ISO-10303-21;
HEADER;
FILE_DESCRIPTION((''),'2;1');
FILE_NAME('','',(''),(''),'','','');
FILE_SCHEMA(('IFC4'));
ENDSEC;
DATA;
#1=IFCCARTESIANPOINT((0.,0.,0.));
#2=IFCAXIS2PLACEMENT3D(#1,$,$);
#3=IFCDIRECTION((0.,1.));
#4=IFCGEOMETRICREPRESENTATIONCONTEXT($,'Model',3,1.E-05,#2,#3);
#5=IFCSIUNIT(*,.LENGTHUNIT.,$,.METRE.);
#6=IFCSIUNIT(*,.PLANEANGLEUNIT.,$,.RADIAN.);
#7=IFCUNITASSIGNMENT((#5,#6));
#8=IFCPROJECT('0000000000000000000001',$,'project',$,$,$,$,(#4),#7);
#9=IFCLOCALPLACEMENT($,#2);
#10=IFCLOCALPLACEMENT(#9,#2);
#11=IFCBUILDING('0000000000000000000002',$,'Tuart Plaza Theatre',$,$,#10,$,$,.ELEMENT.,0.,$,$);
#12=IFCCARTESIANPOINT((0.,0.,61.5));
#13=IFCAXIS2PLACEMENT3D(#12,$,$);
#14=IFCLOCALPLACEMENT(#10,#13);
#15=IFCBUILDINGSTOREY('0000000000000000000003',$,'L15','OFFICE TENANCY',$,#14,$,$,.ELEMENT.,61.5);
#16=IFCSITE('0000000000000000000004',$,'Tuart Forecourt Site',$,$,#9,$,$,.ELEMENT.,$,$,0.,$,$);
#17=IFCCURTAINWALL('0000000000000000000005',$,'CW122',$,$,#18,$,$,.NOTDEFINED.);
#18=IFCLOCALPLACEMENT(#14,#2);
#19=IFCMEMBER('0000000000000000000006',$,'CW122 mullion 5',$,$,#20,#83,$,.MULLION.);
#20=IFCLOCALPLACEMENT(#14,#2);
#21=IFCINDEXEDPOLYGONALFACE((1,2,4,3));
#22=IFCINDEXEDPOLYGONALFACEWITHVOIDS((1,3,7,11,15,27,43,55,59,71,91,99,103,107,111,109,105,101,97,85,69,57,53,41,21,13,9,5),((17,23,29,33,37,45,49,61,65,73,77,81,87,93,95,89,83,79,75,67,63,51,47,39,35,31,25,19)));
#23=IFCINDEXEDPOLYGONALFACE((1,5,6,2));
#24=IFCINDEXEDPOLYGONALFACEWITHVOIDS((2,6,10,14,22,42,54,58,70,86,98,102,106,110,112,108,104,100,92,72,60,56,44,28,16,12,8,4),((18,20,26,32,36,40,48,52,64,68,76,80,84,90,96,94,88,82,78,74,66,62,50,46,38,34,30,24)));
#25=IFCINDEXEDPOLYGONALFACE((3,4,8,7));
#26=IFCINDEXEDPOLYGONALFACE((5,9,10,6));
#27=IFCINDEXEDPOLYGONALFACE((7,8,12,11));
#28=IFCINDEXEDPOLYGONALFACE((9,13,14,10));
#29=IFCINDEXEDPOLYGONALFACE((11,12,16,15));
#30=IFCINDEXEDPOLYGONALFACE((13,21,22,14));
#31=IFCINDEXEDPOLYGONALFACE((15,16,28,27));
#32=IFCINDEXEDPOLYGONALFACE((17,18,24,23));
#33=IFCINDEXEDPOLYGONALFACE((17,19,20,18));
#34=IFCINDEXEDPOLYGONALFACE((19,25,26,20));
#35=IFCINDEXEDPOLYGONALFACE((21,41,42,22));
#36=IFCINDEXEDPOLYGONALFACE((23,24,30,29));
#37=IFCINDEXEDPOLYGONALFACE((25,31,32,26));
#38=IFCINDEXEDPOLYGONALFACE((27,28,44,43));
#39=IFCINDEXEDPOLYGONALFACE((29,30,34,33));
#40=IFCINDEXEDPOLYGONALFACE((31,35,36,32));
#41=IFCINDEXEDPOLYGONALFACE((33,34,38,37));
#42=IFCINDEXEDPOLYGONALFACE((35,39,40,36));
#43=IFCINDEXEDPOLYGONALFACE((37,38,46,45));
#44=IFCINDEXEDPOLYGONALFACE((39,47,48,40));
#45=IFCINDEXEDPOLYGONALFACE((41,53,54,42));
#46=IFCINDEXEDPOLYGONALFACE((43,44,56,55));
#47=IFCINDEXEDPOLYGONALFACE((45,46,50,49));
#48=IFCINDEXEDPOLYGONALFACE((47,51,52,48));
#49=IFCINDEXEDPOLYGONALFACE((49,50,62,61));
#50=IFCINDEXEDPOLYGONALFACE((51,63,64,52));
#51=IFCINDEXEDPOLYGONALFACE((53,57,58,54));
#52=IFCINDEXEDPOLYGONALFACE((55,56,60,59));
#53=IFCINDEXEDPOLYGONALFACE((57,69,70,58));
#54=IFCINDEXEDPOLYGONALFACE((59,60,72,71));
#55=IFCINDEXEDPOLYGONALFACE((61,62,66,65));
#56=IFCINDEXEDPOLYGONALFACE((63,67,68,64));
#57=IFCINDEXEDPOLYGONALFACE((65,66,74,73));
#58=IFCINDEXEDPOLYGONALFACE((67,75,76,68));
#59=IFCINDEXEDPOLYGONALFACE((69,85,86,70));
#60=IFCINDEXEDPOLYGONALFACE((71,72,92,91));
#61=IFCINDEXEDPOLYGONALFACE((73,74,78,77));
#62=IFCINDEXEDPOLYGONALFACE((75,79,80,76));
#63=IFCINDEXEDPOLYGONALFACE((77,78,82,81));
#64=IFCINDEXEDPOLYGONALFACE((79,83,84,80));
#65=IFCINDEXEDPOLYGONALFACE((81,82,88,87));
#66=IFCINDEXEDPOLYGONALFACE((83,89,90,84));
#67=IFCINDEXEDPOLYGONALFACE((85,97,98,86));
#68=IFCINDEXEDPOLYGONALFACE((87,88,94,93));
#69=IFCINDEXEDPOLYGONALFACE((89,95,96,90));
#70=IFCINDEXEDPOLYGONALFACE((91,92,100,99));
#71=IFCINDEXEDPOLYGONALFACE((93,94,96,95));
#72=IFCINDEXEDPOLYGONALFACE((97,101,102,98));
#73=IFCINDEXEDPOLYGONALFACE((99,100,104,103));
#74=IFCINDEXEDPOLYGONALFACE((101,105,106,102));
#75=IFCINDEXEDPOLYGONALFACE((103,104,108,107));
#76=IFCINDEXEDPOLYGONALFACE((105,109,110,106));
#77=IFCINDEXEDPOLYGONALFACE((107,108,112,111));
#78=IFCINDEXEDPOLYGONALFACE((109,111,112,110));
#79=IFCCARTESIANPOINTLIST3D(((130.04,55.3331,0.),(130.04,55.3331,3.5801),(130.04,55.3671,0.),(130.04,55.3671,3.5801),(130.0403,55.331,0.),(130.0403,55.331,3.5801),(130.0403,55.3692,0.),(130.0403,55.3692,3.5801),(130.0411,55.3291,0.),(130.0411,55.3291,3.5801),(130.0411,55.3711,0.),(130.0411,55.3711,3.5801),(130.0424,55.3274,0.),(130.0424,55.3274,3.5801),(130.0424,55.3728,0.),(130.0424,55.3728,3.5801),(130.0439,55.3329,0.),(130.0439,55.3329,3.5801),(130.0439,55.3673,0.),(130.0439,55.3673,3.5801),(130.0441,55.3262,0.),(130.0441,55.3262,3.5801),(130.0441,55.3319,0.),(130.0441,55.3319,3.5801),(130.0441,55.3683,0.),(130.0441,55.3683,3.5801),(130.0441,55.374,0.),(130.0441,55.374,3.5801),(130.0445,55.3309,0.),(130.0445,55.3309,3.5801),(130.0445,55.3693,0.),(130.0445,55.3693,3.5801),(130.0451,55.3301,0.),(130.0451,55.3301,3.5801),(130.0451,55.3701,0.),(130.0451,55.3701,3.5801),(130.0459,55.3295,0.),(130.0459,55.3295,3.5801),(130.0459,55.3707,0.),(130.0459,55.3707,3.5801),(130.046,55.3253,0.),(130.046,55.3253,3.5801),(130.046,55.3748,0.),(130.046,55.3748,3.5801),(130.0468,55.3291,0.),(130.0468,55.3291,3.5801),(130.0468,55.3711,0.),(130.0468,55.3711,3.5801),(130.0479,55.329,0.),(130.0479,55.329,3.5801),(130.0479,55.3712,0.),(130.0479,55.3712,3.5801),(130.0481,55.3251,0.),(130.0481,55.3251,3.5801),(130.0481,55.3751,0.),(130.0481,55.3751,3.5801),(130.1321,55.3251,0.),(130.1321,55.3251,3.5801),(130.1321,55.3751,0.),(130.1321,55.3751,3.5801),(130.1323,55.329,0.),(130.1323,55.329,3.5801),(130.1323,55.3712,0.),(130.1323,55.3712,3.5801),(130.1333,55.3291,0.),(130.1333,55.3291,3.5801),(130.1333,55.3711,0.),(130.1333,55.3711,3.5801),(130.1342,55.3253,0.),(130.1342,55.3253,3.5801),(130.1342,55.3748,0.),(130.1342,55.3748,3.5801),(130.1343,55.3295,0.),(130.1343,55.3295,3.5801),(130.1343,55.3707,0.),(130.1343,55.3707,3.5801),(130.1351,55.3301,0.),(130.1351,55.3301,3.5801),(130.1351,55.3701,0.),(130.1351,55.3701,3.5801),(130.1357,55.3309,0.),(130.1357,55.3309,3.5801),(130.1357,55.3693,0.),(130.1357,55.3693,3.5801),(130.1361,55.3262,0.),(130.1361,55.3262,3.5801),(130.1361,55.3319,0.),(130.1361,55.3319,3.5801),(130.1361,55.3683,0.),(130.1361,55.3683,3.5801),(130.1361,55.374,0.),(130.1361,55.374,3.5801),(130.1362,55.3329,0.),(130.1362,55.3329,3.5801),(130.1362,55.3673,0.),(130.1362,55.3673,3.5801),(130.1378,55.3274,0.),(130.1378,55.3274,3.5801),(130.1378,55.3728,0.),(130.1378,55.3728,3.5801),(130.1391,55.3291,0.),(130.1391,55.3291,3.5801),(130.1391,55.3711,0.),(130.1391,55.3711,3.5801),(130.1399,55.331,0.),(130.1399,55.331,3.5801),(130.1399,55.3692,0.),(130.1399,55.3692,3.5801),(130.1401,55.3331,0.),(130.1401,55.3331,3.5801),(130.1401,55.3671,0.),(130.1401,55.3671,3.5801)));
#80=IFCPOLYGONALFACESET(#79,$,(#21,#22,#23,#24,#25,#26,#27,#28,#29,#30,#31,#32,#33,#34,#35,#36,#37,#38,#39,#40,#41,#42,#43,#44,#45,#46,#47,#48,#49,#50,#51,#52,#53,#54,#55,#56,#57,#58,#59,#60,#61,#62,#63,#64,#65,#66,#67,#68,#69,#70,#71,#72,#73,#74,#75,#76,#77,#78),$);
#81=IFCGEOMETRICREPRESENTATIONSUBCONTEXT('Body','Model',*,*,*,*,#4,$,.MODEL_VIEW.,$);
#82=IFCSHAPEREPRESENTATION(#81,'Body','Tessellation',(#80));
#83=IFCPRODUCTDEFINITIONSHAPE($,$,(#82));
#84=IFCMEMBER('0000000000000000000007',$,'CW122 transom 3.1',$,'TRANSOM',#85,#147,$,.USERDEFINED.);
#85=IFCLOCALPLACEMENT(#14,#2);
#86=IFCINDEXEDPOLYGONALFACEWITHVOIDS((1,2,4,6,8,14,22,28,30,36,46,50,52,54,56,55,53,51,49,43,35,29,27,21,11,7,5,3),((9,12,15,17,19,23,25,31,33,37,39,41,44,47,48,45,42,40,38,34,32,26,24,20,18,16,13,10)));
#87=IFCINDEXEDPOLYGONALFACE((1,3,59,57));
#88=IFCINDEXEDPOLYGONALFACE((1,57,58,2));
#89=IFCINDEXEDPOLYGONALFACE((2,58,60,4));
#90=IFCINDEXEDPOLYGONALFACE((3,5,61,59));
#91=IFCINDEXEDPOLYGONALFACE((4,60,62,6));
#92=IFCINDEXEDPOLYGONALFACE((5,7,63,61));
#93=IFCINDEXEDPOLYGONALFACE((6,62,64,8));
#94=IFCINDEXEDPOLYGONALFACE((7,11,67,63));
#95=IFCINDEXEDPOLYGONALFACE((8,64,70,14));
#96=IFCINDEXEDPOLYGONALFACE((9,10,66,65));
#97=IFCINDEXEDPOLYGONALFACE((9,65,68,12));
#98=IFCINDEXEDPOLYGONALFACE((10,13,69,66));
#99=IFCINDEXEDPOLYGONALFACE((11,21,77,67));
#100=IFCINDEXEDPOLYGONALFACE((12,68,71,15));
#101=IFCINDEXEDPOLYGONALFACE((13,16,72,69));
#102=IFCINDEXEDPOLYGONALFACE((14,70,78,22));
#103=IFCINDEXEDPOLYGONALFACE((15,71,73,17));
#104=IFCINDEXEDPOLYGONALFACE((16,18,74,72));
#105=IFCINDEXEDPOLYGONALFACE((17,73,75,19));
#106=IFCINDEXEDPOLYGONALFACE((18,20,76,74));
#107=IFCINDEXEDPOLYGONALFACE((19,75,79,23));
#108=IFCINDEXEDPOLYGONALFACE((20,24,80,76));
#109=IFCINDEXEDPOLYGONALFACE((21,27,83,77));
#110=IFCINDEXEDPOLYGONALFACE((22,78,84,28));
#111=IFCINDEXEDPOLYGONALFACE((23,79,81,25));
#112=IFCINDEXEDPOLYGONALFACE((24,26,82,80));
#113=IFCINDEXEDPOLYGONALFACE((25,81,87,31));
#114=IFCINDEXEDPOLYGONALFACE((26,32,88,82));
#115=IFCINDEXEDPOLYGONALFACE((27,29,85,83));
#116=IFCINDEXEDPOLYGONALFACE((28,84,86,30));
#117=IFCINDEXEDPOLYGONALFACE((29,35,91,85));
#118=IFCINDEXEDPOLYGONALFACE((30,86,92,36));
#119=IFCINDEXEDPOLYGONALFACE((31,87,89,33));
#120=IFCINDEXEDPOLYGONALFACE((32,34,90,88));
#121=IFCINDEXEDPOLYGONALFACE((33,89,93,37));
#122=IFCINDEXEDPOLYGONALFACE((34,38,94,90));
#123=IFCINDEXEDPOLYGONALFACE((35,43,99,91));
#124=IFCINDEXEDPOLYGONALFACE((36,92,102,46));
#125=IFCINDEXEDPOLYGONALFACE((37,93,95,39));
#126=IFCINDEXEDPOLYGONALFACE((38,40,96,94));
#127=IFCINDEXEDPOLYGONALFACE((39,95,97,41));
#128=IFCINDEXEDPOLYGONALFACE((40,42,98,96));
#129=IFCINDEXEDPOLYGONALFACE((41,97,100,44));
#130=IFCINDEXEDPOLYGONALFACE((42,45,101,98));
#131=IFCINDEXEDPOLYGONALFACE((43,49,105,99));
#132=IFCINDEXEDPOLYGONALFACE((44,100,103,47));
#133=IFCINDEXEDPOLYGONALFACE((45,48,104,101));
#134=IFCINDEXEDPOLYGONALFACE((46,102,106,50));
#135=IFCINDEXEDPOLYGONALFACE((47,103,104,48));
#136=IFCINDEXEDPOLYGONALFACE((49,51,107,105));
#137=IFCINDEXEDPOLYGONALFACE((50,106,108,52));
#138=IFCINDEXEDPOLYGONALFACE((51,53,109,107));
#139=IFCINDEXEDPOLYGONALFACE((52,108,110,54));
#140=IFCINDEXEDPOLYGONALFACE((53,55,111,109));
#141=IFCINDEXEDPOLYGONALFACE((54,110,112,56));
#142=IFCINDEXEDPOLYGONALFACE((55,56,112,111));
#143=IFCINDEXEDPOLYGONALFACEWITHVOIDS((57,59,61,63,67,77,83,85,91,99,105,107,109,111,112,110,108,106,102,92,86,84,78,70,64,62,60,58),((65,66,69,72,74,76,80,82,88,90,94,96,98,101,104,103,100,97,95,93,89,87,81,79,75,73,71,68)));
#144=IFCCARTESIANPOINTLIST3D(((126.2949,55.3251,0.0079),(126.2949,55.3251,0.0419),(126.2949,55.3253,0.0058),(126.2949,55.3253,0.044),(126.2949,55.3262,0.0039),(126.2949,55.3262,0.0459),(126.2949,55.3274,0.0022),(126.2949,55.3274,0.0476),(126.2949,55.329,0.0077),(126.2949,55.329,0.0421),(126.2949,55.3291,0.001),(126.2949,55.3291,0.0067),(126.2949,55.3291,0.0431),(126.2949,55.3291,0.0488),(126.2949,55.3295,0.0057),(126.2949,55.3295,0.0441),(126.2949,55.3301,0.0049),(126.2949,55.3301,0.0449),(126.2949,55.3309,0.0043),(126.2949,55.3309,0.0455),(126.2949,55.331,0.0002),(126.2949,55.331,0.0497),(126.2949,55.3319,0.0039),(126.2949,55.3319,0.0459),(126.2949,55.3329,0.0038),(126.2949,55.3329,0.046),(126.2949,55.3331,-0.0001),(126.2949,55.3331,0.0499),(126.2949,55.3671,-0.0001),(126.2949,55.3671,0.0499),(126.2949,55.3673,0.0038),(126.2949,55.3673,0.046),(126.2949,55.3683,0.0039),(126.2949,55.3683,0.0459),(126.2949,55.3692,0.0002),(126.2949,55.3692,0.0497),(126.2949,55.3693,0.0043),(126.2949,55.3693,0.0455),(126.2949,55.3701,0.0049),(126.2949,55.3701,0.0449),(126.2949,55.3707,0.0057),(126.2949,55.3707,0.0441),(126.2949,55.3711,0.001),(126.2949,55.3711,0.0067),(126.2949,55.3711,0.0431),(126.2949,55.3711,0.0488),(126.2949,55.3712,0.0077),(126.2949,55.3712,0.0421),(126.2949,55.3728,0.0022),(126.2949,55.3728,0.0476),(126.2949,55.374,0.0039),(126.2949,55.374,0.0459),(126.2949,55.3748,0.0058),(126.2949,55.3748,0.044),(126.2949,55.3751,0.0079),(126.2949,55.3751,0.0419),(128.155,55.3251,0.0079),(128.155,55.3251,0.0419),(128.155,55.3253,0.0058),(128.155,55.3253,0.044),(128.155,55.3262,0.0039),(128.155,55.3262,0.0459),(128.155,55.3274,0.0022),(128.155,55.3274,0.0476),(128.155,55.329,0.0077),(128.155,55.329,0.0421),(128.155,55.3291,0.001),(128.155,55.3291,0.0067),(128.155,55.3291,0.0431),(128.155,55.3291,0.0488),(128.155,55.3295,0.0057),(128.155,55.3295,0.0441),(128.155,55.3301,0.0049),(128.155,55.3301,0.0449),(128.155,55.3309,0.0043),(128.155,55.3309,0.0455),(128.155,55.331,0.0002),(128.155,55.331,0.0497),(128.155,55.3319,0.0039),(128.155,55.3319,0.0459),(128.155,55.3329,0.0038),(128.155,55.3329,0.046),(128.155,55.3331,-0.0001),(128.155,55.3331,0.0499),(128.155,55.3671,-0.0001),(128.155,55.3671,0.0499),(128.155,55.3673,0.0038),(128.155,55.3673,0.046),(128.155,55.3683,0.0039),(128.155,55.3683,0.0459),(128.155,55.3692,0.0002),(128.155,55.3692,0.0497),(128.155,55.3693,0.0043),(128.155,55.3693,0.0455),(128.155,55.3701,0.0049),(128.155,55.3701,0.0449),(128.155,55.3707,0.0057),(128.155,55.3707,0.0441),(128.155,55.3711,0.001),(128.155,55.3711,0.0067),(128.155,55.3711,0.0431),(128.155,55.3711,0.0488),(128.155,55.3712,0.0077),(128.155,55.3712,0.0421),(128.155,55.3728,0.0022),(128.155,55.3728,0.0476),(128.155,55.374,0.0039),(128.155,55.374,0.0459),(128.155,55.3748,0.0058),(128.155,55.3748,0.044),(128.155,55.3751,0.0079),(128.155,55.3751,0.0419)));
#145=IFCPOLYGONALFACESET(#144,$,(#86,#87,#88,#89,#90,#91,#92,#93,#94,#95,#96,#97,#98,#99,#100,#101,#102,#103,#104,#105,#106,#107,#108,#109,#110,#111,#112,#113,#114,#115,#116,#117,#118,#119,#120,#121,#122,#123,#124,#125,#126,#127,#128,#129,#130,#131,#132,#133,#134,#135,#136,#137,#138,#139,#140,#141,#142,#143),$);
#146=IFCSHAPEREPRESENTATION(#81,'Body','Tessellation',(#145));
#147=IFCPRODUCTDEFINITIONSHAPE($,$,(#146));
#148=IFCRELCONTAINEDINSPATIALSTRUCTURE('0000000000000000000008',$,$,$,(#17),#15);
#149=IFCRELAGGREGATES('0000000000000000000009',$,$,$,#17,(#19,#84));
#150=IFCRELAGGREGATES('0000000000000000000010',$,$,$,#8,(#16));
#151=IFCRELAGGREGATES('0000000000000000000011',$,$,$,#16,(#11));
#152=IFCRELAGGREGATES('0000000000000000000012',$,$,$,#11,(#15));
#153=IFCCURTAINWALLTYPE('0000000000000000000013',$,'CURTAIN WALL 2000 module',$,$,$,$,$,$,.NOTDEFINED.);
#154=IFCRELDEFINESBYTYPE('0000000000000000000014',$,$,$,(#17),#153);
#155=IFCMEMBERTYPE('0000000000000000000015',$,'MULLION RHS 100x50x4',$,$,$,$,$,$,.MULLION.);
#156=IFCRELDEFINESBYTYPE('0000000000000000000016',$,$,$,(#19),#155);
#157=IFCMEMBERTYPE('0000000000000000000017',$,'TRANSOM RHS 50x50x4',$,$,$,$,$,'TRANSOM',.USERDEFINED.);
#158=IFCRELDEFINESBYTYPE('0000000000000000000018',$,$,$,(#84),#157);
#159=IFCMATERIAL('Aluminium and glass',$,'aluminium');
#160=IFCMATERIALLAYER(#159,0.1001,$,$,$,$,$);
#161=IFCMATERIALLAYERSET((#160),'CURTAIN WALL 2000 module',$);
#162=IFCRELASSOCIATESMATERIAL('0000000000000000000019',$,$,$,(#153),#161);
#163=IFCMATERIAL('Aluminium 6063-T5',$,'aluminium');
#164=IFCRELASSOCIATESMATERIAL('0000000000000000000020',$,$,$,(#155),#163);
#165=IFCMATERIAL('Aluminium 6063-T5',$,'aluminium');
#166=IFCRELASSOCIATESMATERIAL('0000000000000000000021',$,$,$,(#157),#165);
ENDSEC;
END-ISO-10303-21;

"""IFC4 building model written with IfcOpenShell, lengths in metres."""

from ifc_helpers import new_model, si_unit, direction, frame, origin, origin_2d, place, context, subcontext, project, spatial, hollow_rectangle, extrude, material, layer, layer_set, material_profile, profile_set, type_object, element, aggregate, save


model = new_model("IFC4")

# Units and contexts
model_context = context("Model", 3, precision=1e-05, world=origin(), true_north=direction((0.0, 1.0)))
body_context = subcontext(model_context, "Body", "Model", "MODEL_VIEW")
ifc_project = project(units=[si_unit("LENGTHUNIT", "METRE"), si_unit("PLANEANGLEUNIT", "RADIAN")], contexts=[model_context])

# Site, building, storey
site_placement = place(None, origin())
site = spatial("IfcSite", under=ifc_project, at=site_placement, Name="Tuart Forecourt Site", CompositionType="ELEMENT", RefElevation=0.0)
building_placement = place(site_placement, origin())
building = spatial("IfcBuilding", under=site, at=building_placement, Name="Tuart Plaza Theatre", CompositionType="ELEMENT", ElevationOfRefHeight=0.0)
storey_placement = place(building_placement, frame((0.0, 0.0, 61.5)))
storey = spatial("IfcBuildingStorey", under=building, at=storey_placement, Name="L15", Description="OFFICE TENANCY", CompositionType="ELEMENT", Elevation=61.5)

# Curtain wall, members
ifc_material_1 = material(Name="Aluminium and glass", Category="aluminium")
ifc_layer_1 = layer(ifc_material_1, 0.1001)
ifc_layer_set_1 = layer_set([ifc_layer_1], Name="CURTAIN WALL 2000 module")
curtain_wall_type = type_object("IfcCurtainWallType", Name="CURTAIN WALL 2000 module", PredefinedType="NOTDEFINED", material=ifc_layer_set_1)
curtain_wall_placement = place(storey_placement, origin())
curtain_wall = element("IfcCurtainWall", 1, at=curtain_wall_placement, inside=storey, type_object=curtain_wall_type, Name="CW122", PredefinedType="NOTDEFINED")
ifc_material_2 = material(Name="Aluminium 6063-T5", Category="aluminium")
ifc_material_profile_1 = material_profile(ifc_material_2, hollow_rectangle(XDim=0.05, YDim=0.1001, WallThickness=0.0039, InnerFilletRadius=0.0039, OuterFilletRadius=0.0081, at=origin_2d()), Name="RHS 100x50x4")
ifc_profile_set_1 = profile_set([ifc_material_profile_1], Name="Aluminium 6063-T5")
member_type_1 = type_object("IfcMemberType", Name="MULLION RHS 100x50x4", PredefinedType="MULLION", material=ifc_profile_set_1)
member_1_placement = place(storey_placement, frame((130.0901, 55.3501, 0.0), z_axis=(0.0, 0.0, 1.0), x_axis=(0.0, 1.0, 0.0)))
member_1 = element("IfcMember", 2, at=member_1_placement, type_object=member_type_1, Name="CW122 mullion 5", PredefinedType="MULLION", context=body_context, shape_type="SweptSolid", body=[
    extrude(hollow_rectangle(XDim=0.05, YDim=0.1001, WallThickness=0.0039, InnerFilletRadius=0.0039, OuterFilletRadius=0.0081, at=origin_2d()), origin(), (0.0, 0.0, 1.0), 3.5801),
])
ifc_material_3 = material(Name="Aluminium 6063-T5", Category="aluminium")
ifc_material_profile_2 = material_profile(ifc_material_3, hollow_rectangle(XDim=0.05, YDim=0.05, WallThickness=0.0039, InnerFilletRadius=0.0039, OuterFilletRadius=0.0081, at=origin_2d()), Name="RHS 50x50x4")
ifc_profile_set_2 = profile_set([ifc_material_profile_2], Name="Aluminium 6063-T5")
member_type_2 = type_object("IfcMemberType", Name="TRANSOM RHS 50x50x4", ElementType="TRANSOM", PredefinedType="USERDEFINED", material=ifc_profile_set_2)
member_2_placement = place(storey_placement, frame((126.2949, 55.3501, 0.0249), z_axis=(1.0, 0.0, 0.0), x_axis=(0.0, 1.0, 0.0)))
member_2 = element("IfcMember", 3, at=member_2_placement, type_object=member_type_2, Name="CW122 transom 3.1", ObjectType="TRANSOM", PredefinedType="USERDEFINED", context=body_context, shape_type="SweptSolid", body=[
    extrude(hollow_rectangle(XDim=0.05, YDim=0.05, WallThickness=0.0039, InnerFilletRadius=0.0039, OuterFilletRadius=0.0081, at=origin_2d()), origin(), (0.0, 0.0, 1.0), 1.8601),
])
aggregate(curtain_wall, [member_1, member_2])

save(model, "model.ifc")
